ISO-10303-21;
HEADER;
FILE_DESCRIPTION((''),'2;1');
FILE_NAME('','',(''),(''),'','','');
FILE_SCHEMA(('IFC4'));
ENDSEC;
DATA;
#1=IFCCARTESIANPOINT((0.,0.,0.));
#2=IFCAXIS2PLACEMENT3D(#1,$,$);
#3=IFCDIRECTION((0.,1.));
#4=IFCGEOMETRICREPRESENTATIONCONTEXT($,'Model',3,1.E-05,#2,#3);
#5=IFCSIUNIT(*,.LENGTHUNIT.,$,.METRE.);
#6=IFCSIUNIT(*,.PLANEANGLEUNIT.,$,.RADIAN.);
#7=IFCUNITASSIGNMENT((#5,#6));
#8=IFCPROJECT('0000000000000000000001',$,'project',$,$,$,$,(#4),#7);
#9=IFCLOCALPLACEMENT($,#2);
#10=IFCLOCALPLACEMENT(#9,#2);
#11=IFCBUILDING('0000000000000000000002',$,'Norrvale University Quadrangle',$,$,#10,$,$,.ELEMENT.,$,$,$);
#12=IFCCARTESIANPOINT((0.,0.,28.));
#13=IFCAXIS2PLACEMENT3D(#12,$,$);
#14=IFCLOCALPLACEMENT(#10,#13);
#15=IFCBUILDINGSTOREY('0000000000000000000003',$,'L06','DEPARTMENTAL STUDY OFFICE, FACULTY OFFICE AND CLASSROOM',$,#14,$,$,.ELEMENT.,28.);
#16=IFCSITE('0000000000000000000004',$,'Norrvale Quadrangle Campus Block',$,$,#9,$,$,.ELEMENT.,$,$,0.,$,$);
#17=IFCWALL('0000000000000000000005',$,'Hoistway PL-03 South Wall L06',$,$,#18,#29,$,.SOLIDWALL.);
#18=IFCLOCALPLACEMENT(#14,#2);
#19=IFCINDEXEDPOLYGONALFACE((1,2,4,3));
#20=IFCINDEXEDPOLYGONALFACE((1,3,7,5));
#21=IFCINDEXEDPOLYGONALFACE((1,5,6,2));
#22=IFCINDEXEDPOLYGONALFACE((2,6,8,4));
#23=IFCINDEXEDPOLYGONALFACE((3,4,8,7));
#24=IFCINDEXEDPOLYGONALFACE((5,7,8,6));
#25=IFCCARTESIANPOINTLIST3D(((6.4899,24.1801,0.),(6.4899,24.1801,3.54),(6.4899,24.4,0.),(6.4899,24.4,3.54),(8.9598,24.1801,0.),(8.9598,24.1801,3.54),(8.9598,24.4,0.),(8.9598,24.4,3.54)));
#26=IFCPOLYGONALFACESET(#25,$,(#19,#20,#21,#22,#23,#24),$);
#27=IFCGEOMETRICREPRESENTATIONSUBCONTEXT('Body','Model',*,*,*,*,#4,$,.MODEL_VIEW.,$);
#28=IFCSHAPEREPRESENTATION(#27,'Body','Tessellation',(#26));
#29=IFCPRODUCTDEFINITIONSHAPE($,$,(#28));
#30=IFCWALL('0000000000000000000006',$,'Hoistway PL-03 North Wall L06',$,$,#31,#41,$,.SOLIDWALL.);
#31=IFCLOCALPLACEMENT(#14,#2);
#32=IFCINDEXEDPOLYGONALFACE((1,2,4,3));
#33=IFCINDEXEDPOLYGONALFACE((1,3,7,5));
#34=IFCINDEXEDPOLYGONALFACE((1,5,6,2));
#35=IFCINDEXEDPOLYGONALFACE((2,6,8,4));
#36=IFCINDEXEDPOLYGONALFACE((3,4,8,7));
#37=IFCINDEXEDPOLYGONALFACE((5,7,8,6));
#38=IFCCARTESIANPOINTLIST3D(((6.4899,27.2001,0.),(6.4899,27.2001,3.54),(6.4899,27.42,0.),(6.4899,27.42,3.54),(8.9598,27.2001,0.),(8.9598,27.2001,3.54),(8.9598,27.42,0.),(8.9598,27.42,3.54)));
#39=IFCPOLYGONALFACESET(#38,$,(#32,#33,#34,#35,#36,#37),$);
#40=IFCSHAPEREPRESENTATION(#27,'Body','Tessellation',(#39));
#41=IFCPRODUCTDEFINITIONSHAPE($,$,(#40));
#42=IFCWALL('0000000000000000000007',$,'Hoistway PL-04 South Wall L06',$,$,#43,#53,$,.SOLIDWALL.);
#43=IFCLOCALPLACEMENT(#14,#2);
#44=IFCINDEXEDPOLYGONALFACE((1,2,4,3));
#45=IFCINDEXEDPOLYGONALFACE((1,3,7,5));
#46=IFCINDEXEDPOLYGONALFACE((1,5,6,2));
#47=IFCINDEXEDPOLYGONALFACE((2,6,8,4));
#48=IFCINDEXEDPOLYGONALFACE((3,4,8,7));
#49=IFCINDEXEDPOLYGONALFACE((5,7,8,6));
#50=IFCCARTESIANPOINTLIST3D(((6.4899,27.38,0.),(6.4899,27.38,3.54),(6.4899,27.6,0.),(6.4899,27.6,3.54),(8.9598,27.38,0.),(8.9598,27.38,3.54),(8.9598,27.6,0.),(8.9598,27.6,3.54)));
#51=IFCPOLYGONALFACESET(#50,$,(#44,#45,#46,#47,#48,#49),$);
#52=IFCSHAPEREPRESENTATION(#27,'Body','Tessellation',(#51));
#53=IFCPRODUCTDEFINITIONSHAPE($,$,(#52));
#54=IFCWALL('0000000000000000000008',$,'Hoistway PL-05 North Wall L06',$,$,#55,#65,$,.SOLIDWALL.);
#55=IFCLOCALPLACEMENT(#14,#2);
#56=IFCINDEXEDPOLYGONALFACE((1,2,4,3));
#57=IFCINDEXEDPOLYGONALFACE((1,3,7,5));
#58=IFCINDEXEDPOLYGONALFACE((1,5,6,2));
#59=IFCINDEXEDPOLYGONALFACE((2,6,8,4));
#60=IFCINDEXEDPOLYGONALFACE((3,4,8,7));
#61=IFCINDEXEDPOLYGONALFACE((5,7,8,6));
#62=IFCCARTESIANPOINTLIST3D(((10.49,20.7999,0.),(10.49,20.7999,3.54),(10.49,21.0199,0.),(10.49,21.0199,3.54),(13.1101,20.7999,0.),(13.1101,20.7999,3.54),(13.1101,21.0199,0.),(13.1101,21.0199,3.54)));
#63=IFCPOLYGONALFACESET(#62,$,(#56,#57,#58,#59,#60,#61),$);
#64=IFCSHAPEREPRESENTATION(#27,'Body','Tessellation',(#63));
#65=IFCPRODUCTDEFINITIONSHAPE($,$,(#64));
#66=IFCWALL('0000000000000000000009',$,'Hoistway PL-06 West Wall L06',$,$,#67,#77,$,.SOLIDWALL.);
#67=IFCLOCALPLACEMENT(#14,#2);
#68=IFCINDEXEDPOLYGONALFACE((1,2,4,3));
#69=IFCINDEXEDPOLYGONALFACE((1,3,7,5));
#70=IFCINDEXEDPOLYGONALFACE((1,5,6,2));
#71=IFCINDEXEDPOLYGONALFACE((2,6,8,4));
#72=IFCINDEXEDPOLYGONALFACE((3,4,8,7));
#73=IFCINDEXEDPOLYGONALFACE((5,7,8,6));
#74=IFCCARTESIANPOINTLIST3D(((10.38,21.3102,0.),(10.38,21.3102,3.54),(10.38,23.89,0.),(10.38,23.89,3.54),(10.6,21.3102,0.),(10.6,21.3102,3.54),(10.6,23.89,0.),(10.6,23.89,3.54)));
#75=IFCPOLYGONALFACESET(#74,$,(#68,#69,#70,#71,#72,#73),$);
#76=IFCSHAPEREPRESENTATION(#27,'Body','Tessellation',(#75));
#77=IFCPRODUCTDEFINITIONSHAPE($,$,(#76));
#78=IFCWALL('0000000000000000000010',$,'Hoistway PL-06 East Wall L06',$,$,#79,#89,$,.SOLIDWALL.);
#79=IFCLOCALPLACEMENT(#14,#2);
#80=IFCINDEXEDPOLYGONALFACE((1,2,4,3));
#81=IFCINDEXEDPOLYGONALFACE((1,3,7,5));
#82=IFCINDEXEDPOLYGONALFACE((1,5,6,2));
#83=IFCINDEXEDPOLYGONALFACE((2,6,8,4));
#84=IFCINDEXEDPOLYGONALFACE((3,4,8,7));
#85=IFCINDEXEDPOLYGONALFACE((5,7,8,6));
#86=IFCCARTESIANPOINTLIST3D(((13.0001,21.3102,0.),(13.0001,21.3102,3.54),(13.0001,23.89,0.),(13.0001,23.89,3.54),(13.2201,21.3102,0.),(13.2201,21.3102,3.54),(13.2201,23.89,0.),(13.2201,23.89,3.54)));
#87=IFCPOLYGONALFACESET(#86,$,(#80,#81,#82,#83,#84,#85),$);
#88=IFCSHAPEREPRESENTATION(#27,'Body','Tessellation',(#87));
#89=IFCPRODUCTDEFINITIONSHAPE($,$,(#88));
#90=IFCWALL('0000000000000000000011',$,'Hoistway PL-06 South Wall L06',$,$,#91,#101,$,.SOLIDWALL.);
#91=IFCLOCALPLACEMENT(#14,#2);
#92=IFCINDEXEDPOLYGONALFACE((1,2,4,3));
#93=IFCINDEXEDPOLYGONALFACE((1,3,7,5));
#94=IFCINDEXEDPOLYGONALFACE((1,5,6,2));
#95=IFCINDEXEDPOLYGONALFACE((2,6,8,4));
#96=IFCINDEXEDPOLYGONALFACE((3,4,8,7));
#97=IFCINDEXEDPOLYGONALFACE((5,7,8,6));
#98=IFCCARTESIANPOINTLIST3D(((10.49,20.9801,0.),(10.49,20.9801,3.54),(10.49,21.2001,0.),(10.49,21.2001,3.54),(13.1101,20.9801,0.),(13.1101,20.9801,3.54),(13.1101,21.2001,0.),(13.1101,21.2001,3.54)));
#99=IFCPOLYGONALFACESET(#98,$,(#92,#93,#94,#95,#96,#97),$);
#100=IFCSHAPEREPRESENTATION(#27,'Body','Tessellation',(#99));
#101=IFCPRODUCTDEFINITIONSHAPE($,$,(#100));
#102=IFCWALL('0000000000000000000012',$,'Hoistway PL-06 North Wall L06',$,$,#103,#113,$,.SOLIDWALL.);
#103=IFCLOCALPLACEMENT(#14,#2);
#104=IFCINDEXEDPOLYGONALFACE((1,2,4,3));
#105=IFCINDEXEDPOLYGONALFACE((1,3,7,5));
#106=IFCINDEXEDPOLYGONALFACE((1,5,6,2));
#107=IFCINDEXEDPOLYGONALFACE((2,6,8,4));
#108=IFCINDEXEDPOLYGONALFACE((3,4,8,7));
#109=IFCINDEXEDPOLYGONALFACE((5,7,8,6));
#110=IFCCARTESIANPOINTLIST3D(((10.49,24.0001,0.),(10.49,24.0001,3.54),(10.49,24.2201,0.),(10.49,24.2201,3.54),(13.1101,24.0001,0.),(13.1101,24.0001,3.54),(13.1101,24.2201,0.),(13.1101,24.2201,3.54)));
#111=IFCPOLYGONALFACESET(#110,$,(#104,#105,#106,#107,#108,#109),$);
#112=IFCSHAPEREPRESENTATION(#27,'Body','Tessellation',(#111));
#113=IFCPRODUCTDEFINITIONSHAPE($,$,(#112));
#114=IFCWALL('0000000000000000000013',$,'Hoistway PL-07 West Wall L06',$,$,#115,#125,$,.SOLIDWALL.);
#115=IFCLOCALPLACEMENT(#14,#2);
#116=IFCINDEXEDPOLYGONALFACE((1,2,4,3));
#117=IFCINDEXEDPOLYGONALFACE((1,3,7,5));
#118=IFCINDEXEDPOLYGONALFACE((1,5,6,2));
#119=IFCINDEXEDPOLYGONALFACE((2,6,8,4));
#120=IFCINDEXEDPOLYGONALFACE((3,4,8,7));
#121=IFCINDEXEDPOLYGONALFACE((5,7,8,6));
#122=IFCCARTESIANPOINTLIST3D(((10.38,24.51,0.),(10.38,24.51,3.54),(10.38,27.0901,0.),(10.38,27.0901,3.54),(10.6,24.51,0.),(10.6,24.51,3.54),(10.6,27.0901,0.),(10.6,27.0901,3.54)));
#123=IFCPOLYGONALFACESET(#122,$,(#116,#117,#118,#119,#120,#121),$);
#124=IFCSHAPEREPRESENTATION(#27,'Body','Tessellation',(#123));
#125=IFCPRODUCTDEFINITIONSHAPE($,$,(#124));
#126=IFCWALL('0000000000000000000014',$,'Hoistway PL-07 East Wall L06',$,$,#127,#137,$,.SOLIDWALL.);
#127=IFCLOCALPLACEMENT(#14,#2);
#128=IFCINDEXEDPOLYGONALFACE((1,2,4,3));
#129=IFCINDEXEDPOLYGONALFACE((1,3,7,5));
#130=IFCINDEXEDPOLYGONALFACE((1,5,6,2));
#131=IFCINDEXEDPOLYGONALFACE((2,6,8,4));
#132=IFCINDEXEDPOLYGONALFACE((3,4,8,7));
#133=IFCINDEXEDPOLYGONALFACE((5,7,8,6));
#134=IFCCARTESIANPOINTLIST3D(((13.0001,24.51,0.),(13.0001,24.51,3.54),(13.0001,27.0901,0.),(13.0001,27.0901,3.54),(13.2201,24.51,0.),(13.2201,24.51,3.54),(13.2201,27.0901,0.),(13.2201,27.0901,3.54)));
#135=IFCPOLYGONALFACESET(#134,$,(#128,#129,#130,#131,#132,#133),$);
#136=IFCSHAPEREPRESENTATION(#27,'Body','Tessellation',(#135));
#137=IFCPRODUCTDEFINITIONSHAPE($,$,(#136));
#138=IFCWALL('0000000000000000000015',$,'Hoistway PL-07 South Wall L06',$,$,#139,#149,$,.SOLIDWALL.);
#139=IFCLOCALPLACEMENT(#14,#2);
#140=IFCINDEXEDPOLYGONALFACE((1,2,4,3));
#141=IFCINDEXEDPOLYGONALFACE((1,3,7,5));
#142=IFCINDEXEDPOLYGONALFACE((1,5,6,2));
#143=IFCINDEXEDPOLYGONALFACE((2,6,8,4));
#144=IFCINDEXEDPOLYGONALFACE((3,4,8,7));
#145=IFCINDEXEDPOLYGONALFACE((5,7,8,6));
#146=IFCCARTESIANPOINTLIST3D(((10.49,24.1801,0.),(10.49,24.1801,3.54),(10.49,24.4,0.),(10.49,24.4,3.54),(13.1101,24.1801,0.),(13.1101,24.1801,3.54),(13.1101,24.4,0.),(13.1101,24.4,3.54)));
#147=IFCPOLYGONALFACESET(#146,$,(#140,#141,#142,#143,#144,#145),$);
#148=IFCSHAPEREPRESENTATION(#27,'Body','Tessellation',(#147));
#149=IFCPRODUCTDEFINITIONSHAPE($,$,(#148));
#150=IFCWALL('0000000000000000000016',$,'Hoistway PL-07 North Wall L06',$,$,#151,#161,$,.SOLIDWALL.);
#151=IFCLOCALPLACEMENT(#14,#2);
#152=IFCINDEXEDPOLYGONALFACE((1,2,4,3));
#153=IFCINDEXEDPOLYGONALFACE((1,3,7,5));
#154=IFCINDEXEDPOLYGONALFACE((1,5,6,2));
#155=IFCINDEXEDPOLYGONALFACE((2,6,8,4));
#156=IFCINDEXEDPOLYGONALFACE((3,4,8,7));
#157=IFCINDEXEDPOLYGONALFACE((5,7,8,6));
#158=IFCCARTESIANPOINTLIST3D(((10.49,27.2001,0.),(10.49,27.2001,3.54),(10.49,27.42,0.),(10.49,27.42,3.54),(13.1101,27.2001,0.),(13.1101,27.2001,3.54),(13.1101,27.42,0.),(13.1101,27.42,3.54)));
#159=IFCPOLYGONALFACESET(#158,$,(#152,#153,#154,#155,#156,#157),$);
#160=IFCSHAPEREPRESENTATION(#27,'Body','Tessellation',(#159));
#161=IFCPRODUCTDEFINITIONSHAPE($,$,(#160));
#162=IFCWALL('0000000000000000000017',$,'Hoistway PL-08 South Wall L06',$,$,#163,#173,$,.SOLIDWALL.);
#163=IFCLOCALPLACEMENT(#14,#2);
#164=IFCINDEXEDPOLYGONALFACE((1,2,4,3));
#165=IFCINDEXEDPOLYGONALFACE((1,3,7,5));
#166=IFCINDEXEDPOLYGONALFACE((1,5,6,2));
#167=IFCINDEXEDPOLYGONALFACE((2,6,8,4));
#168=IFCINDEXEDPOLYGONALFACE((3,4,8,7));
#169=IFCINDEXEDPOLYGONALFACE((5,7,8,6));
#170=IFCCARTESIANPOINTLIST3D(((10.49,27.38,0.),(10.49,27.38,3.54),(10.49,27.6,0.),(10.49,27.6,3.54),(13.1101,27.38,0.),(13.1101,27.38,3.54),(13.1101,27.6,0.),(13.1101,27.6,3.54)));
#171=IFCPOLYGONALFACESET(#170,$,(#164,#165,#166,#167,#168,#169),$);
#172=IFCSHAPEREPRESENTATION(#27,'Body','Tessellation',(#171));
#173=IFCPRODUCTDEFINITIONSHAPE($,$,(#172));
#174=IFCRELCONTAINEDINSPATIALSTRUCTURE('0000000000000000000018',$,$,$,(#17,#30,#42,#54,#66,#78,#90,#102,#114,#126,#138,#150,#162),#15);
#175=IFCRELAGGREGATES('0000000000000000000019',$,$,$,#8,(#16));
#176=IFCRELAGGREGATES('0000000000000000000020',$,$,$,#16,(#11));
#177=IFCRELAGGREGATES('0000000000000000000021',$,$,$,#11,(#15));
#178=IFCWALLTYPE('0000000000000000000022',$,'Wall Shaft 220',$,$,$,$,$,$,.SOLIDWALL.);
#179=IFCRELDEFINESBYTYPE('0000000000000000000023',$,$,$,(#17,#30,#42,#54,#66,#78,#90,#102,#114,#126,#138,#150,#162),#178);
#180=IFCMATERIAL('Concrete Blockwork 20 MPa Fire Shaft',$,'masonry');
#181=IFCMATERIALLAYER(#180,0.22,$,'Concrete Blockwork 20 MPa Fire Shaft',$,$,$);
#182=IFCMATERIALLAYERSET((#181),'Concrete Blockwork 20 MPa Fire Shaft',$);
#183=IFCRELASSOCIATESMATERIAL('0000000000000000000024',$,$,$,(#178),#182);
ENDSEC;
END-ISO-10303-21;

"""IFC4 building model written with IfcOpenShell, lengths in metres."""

from ifc_helpers import new_model, si_unit, direction, frame, frame_2d, origin, place, context, subcontext, project, spatial, rectangle, extrude, material, layer, layer_set, type_object, element, save


model = new_model("IFC4")

# Units and contexts
model_context = context("Model", 3, precision=1e-05, world=origin(), true_north=direction((0.0, 1.0)))
body_context = subcontext(model_context, "Body", "Model", "MODEL_VIEW")
ifc_project = project(units=[si_unit("LENGTHUNIT", "METRE"), si_unit("PLANEANGLEUNIT", "RADIAN")], contexts=[model_context])

# Site, building, storey
site_placement = place(None, origin())
site = spatial("IfcSite", under=ifc_project, at=site_placement, Name="Norrvale Quadrangle Campus Block", CompositionType="ELEMENT", RefElevation=0.0)
building_placement = place(site_placement, origin())
building = spatial("IfcBuilding", under=site, at=building_placement, Name="Norrvale University Quadrangle", CompositionType="ELEMENT")
storey_placement = place(building_placement, frame((0.0, 0.0, 28.0)))
storey = spatial("IfcBuildingStorey", under=building, at=storey_placement, Name="L06", Description="DEPARTMENTAL STUDY OFFICE, FACULTY OFFICE AND CLASSROOM", CompositionType="ELEMENT", Elevation=28.0)

# Shared definitions
ifc_material_1 = material(Name="Concrete Blockwork 20 MPa Fire Shaft", Category="masonry")
ifc_layer_1 = layer(ifc_material_1, 0.22, Name="Concrete Blockwork 20 MPa Fire Shaft")
ifc_layer_set_1 = layer_set([ifc_layer_1], Name="Concrete Blockwork 20 MPa Fire Shaft")
wall_type_1 = type_object("IfcWallType", Name="Wall Shaft 220", PredefinedType="SOLIDWALL", material=ifc_layer_set_1)

# Walls
for number, where, z_axis, x_axis, name in (
    (1, (6.49, 24.29, 0.0), (0.0, 0.0, 1.0), (1.0, 0.0, 0.0), "Hoistway PL-03 South Wall L06"),
    (2, (6.49, 27.3101, 0.0), (0.0, 0.0, 1.0), (1.0, 0.0, 0.0), "Hoistway PL-03 North Wall L06"),
    (3, (6.49, 27.49, 0.0), (0.0, 0.0, 1.0), (1.0, 0.0, 0.0), "Hoistway PL-04 South Wall L06"),
):
    element("IfcWall", number, at=place(storey_placement, frame(where, z_axis=z_axis, x_axis=x_axis)), inside=storey, type_object=wall_type_1, Name=name, PredefinedType="SOLIDWALL", context=body_context, shape_type="SweptSolid", body=[
        extrude(rectangle(XDim=2.47, YDim=0.22, at=frame_2d((1.2349, 0.0))), origin(), (0.0, 0.0, 1.0), 3.54),
    ])
wall_1_placement = place(storey_placement, frame((10.49, 20.9099, 0.0), z_axis=(0.0, 0.0, 1.0), x_axis=(1.0, 0.0, 0.0)))
element("IfcWall", 4, at=wall_1_placement, inside=storey, type_object=wall_type_1, Name="Hoistway PL-05 North Wall L06", PredefinedType="SOLIDWALL", context=body_context, shape_type="SweptSolid", body=[
    extrude(rectangle(XDim=2.6201, YDim=0.22, at=frame_2d((1.3101, 0.0))), origin(), (0.0, 0.0, 1.0), 3.54),
])
for number, where, z_axis, x_axis, name in (
    (5, (10.49, 21.3101, 0.0), (0.0, 0.0, 1.0), (0.0, 1.0, 0.0), "Hoistway PL-06 West Wall L06"),
    (6, (13.1101, 21.3101, 0.0), (0.0, 0.0, 1.0), (0.0, 1.0, 0.0), "Hoistway PL-06 East Wall L06"),
):
    element("IfcWall", number, at=place(storey_placement, frame(where, z_axis=z_axis, x_axis=x_axis)), inside=storey, type_object=wall_type_1, Name=name, PredefinedType="SOLIDWALL", context=body_context, shape_type="SweptSolid", body=[
        extrude(rectangle(XDim=2.5798, YDim=0.22, at=frame_2d((1.29, 0.0))), origin(), (0.0, 0.0, 1.0), 3.54),
    ])
for number, where, z_axis, x_axis, name in (
    (7, (10.49, 21.0901, 0.0), (0.0, 0.0, 1.0), (1.0, 0.0, 0.0), "Hoistway PL-06 South Wall L06"),
    (8, (10.49, 24.1101, 0.0), (0.0, 0.0, 1.0), (1.0, 0.0, 0.0), "Hoistway PL-06 North Wall L06"),
):
    element("IfcWall", number, at=place(storey_placement, frame(where, z_axis=z_axis, x_axis=x_axis)), inside=storey, type_object=wall_type_1, Name=name, PredefinedType="SOLIDWALL", context=body_context, shape_type="SweptSolid", body=[
        extrude(rectangle(XDim=2.6201, YDim=0.22, at=frame_2d((1.3101, 0.0))), origin(), (0.0, 0.0, 1.0), 3.54),
    ])
for number, where, z_axis, x_axis, name in (
    (9, (10.49, 24.51, 0.0), (0.0, 0.0, 1.0), (0.0, 1.0, 0.0), "Hoistway PL-07 West Wall L06"),
    (10, (13.1101, 24.51, 0.0), (0.0, 0.0, 1.0), (0.0, 1.0, 0.0), "Hoistway PL-07 East Wall L06"),
):
    element("IfcWall", number, at=place(storey_placement, frame(where, z_axis=z_axis, x_axis=x_axis)), inside=storey, type_object=wall_type_1, Name=name, PredefinedType="SOLIDWALL", context=body_context, shape_type="SweptSolid", body=[
        extrude(rectangle(XDim=2.5801, YDim=0.22, at=frame_2d((1.29, 0.0))), origin(), (0.0, 0.0, 1.0), 3.54),
    ])
for number, where, z_axis, x_axis, name in (
    (11, (10.49, 24.29, 0.0), (0.0, 0.0, 1.0), (1.0, 0.0, 0.0), "Hoistway PL-07 South Wall L06"),
    (12, (10.49, 27.3101, 0.0), (0.0, 0.0, 1.0), (1.0, 0.0, 0.0), "Hoistway PL-07 North Wall L06"),
    (13, (10.49, 27.49, 0.0), (0.0, 0.0, 1.0), (1.0, 0.0, 0.0), "Hoistway PL-08 South Wall L06"),
):
    element("IfcWall", number, at=place(storey_placement, frame(where, z_axis=z_axis, x_axis=x_axis)), inside=storey, type_object=wall_type_1, Name=name, PredefinedType="SOLIDWALL", context=body_context, shape_type="SweptSolid", body=[
        extrude(rectangle(XDim=2.6201, YDim=0.22, at=frame_2d((1.3101, 0.0))), origin(), (0.0, 0.0, 1.0), 3.54),
    ])

save(model, "model.ifc")
